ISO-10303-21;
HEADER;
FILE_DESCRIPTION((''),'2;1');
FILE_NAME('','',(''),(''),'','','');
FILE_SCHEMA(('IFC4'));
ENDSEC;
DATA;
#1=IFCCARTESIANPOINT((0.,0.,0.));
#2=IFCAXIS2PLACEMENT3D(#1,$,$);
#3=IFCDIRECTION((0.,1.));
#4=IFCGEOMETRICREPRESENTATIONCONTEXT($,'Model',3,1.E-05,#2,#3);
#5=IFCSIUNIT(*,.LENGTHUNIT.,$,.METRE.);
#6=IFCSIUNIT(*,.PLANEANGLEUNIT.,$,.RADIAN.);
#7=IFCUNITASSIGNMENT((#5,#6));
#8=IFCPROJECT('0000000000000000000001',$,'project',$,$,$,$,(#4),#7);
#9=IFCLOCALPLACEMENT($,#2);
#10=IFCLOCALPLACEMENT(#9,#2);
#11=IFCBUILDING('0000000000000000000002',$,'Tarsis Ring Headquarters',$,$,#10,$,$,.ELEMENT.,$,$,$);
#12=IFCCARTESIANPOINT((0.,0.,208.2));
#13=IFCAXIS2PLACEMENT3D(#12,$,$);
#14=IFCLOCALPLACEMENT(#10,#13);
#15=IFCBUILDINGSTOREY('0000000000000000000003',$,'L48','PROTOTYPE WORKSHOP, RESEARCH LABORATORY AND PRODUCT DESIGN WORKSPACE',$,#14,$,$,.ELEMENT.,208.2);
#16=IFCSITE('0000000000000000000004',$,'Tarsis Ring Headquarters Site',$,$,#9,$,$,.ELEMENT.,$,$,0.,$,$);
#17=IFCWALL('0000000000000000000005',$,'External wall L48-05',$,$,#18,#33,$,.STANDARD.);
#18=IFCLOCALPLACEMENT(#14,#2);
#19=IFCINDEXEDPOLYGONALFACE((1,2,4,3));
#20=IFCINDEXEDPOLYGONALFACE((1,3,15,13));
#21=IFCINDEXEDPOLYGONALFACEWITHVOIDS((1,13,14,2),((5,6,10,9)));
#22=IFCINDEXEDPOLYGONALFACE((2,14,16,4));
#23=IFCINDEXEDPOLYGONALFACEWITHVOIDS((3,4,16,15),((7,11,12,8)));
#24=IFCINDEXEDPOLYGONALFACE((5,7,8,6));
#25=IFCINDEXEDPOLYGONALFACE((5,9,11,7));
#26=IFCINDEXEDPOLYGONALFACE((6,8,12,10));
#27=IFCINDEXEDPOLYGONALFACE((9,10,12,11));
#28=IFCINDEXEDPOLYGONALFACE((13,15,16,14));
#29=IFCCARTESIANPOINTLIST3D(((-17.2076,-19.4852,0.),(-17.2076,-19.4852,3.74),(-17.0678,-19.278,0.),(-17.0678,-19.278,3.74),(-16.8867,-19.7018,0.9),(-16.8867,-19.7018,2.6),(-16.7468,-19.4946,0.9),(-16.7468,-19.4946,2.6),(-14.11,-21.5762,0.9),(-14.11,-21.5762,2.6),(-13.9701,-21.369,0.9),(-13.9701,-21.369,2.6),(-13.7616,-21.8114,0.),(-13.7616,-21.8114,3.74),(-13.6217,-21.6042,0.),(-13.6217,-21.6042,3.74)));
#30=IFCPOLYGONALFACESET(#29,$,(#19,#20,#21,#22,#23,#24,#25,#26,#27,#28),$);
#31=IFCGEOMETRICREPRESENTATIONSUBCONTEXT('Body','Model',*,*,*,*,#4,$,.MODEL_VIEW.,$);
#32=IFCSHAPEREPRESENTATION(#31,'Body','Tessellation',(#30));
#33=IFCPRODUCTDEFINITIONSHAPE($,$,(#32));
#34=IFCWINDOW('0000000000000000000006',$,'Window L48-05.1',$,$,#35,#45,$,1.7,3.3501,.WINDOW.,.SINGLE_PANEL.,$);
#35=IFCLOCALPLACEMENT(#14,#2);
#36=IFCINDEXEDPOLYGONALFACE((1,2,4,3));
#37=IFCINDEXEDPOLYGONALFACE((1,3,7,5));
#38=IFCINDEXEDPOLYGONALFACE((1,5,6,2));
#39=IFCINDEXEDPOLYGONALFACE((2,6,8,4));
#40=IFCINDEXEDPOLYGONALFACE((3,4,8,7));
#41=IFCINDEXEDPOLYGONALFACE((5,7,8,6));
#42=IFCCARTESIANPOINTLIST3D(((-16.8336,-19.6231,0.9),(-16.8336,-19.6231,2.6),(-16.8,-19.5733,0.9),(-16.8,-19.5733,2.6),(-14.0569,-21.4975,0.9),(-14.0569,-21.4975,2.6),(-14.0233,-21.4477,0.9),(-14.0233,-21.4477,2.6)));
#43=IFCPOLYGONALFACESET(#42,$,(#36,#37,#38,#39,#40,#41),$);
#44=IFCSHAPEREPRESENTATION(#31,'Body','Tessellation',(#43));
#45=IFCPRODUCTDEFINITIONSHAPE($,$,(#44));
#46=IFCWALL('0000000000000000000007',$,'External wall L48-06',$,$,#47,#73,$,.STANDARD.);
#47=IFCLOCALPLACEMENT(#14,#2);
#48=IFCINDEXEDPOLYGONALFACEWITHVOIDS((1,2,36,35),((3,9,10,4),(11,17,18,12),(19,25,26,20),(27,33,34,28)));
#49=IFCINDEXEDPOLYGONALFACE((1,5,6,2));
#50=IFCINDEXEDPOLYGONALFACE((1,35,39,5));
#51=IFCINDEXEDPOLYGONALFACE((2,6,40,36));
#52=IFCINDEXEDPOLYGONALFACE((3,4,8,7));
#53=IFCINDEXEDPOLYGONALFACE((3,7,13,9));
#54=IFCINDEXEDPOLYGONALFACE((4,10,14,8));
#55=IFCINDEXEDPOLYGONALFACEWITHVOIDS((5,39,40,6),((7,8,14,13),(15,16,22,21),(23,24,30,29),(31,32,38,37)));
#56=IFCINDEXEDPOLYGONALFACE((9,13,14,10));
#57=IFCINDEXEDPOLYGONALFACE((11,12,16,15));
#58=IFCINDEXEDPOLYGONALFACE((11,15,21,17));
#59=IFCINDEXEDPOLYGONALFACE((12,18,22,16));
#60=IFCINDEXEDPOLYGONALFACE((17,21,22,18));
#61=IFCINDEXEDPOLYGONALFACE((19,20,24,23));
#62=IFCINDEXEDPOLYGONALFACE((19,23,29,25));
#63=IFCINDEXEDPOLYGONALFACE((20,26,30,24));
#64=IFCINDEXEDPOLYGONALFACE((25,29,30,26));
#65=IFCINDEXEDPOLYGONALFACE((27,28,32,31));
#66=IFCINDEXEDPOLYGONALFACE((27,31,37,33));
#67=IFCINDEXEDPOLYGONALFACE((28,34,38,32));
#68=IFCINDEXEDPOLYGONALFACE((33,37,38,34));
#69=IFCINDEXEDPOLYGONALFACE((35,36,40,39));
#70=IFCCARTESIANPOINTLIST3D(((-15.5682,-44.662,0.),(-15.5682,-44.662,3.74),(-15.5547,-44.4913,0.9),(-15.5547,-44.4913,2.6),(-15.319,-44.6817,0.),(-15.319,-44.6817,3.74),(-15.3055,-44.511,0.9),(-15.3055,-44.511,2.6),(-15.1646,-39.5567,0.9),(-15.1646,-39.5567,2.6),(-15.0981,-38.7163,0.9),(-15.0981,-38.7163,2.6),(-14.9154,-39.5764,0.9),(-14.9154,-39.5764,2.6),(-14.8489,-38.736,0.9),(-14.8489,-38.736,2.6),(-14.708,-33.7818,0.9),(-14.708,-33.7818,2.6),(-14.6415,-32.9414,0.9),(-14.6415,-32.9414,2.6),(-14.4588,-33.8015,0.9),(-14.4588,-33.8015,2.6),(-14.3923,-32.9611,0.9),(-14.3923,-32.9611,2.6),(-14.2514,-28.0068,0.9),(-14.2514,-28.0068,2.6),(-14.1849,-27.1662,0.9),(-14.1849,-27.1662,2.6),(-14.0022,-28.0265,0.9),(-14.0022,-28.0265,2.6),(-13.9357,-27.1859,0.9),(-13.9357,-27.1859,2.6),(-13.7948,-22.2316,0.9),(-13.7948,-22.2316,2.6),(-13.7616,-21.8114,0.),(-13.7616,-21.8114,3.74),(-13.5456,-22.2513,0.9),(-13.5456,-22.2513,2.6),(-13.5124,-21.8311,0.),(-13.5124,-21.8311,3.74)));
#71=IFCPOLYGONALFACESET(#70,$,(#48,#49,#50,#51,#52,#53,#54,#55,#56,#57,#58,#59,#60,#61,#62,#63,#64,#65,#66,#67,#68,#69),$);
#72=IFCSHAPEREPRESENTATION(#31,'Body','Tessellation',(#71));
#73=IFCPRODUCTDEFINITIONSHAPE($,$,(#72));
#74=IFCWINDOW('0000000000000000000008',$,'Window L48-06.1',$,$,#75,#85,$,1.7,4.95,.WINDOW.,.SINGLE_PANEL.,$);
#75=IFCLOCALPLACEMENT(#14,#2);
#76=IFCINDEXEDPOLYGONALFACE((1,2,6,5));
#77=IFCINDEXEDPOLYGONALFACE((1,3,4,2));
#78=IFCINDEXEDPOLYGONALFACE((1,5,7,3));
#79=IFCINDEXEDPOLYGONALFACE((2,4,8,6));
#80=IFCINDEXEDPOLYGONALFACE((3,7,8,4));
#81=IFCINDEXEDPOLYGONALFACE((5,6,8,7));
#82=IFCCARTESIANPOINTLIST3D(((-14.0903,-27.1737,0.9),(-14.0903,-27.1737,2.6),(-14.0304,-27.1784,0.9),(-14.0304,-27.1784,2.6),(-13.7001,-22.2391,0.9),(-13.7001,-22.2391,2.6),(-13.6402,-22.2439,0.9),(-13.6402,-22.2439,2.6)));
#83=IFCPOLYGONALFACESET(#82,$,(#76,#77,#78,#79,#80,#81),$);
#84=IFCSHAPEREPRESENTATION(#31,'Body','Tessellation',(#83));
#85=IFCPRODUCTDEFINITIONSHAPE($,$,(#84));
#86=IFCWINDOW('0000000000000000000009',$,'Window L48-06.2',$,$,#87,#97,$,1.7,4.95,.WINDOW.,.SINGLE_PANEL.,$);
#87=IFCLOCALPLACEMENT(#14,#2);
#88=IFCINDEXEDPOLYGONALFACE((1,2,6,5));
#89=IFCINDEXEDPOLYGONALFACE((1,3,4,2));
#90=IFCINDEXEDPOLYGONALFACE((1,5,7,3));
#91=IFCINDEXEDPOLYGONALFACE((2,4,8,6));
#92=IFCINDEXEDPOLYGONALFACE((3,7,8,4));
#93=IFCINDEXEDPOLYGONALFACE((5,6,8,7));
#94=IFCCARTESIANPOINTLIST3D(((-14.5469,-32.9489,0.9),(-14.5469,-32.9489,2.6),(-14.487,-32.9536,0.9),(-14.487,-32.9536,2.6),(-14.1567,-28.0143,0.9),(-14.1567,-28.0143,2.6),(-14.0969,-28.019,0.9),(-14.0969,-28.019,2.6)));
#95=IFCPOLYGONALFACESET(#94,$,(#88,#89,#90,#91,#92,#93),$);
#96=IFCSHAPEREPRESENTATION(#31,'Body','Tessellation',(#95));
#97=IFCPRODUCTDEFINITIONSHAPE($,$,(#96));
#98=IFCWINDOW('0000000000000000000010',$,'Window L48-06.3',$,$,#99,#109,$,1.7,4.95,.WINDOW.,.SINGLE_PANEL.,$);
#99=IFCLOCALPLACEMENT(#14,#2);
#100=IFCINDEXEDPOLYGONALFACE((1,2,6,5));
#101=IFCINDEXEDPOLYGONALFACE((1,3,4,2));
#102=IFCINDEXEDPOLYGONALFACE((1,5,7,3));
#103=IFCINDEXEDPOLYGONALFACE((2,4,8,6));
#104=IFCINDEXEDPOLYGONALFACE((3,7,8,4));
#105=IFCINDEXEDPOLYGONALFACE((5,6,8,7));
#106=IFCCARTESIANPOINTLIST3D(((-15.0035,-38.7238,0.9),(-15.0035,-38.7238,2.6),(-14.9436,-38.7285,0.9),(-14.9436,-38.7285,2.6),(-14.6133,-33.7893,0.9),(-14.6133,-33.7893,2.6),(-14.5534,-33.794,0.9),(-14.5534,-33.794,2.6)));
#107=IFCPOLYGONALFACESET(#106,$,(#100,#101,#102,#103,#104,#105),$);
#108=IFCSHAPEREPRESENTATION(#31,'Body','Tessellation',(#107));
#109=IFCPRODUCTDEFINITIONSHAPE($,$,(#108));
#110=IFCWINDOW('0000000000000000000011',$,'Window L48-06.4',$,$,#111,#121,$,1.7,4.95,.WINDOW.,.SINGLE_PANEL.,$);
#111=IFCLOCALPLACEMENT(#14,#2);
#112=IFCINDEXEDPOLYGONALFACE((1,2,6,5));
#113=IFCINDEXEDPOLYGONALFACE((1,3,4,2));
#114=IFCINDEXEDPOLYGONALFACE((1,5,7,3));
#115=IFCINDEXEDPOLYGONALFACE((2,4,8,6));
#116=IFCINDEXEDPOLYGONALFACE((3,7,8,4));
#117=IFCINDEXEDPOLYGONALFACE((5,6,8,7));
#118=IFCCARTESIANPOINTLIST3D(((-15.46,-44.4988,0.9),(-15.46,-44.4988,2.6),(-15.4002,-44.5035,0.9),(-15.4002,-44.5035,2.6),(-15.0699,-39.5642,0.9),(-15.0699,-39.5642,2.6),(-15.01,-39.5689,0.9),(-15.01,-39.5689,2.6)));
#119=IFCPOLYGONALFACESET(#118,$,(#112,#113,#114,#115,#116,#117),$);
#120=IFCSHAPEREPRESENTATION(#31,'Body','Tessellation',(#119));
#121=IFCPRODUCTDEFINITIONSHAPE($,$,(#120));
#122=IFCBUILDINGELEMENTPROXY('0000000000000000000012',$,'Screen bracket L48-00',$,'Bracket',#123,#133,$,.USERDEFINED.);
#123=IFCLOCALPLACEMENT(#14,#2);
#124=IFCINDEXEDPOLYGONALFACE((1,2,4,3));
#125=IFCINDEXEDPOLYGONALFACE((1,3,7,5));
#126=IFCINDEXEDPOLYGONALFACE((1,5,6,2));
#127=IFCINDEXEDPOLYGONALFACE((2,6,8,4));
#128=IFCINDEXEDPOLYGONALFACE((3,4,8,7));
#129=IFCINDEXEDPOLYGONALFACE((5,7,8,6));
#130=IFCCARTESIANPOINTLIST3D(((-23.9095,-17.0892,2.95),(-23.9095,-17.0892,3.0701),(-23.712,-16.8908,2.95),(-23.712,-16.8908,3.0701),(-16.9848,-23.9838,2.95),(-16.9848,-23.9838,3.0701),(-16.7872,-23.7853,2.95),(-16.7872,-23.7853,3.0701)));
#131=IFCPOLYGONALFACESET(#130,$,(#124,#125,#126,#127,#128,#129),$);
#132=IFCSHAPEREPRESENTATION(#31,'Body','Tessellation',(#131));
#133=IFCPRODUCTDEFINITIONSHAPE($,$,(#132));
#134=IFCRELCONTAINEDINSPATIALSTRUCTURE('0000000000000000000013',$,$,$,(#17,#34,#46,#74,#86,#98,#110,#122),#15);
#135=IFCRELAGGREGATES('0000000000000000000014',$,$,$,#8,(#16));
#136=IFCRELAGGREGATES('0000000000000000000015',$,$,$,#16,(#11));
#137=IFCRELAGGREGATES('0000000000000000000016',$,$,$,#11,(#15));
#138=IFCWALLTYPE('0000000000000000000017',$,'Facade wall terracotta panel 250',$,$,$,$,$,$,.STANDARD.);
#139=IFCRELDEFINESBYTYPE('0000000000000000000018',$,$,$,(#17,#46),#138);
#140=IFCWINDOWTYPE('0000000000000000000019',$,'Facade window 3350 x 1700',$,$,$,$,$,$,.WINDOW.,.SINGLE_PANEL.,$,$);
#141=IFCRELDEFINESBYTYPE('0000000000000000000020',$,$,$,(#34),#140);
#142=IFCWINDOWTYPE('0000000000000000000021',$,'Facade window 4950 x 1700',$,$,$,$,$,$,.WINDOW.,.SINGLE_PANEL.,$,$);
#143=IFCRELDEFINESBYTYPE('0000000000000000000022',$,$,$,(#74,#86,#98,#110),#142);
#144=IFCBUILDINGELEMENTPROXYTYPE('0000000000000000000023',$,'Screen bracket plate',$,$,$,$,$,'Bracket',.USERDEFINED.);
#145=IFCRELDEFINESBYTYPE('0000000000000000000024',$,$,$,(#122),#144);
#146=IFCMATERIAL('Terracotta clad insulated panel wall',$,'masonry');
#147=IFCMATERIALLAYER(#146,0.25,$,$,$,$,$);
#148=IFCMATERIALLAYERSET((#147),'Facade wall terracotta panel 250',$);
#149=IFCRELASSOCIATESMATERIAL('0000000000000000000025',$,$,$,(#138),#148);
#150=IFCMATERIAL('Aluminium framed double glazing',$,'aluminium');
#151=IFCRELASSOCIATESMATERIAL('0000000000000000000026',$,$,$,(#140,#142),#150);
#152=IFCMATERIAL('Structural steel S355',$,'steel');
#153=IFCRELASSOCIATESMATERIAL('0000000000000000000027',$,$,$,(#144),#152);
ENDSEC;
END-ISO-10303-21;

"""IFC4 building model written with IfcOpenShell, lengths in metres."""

from ifc_helpers import new_model, si_unit, direction, frame, frame_2d, origin, origin_2d, place, context, subcontext, project, spatial, rectangle, extrude, material, layer, layer_set, type_object, element, fill, save


model = new_model("IFC4")

# Units and contexts
model_context = context("Model", 3, precision=1e-05, world=origin(), true_north=direction((0.0, 1.0)))
body_context = subcontext(model_context, "Body", "Model", "MODEL_VIEW")
ifc_project = project(units=[si_unit("LENGTHUNIT", "METRE"), si_unit("PLANEANGLEUNIT", "RADIAN")], contexts=[model_context])

# Site, building, storey
site_placement = place(None, origin())
site = spatial("IfcSite", under=ifc_project, at=site_placement, Name="Tarsis Ring Headquarters Site", CompositionType="ELEMENT", RefElevation=0.0)
building_placement = place(site_placement, origin())
building = spatial("IfcBuilding", under=site, at=building_placement, Name="Tarsis Ring Headquarters", CompositionType="ELEMENT")
storey_placement = place(building_placement, frame((0.0, 0.0, 208.2)))
storey = spatial("IfcBuildingStorey", under=building, at=storey_placement, Name="L48", Description="PROTOTYPE WORKSHOP, RESEARCH LABORATORY AND PRODUCT DESIGN WORKSPACE", CompositionType="ELEMENT", Elevation=208.2)

# Shared definitions
ifc_material_1 = material(Name="Structural steel S355", Category="steel")

# Wall, opening, window
ifc_material_2 = material(Name="Terracotta clad insulated panel wall", Category="masonry")
ifc_layer_1 = layer(ifc_material_2, 0.25)
ifc_layer_set_1 = layer_set([ifc_layer_1], Name="Facade wall terracotta panel 250")
wall_type_1 = type_object("IfcWallType", Name="Facade wall terracotta panel 250", PredefinedType="STANDARD", material=ifc_layer_set_1)
wall_1_placement = place(storey_placement, frame((-17.1377, -19.3816, 0.0), z_axis=(0.0, 0.0, 1.0), x_axis=(0.828838, -0.559488, 0.0)))
wall_1 = element("IfcWall", 1, at=wall_1_placement, inside=storey, type_object=wall_type_1, Name="External wall L48-05", PredefinedType="STANDARD", context=body_context, shape_type="SweptSolid", body=[
    extrude(rectangle(XDim=4.1577, YDim=0.25, at=frame_2d((2.0789, 0.0))), origin(), (0.0, 0.0, 1.0), 3.74),
])
opening_1_placement = place(wall_1_placement, frame((0.3872, 0.0, 0.8999)))
opening_1 = element("IfcOpeningElement", 2, at=opening_1_placement, cuts=wall_1, PredefinedType="OPENING", context=body_context, shape_type="SweptSolid", body=[
    extrude(rectangle(XDim=3.3501, YDim=1.7, at=frame_2d((1.675, 0.8501))), frame((0.0, 0.135, 0.0), z_axis=(0.0, -1.0, 0.0), x_axis=(1.0, 0.0, 0.0)), (0.0, 0.0, 1.0), 0.27),
])
ifc_material_3 = material(Name="Aluminium framed double glazing", Category="aluminium")
window_type_1 = type_object("IfcWindowType", Name="Facade window 3350 x 1700", PartitioningType="SINGLE_PANEL", PredefinedType="WINDOW", material=ifc_material_3)
window_1_placement = place(opening_1_placement, origin())
window_1 = element("IfcWindow", 3, at=window_1_placement, inside=storey, type_object=window_type_1, Name="Window L48-05.1", OverallHeight=1.7, OverallWidth=3.3501, PartitioningType="SINGLE_PANEL", PredefinedType="WINDOW", context=body_context, shape_type="SweptSolid", body=[
    extrude(rectangle(XDim=3.3501, YDim=1.7, at=frame_2d((1.675, 0.8501))), frame((0.0, 0.03, 0.0), z_axis=(0.0, -1.0, 0.0), x_axis=(1.0, 0.0, 0.0)), (0.0, 0.0, 1.0), 0.0601),
])
fill(opening_1, window_1)

# Wall, openings, windows
wall_2_placement = place(storey_placement, frame((-13.637, -21.8213, 0.0), z_axis=(0.0, 0.0, 1.0), x_axis=(-0.078817, -0.996889, 0.0)))
wall_2 = element("IfcWall", 4, at=wall_2_placement, inside=storey, type_object=wall_type_1, Name="External wall L48-06", PredefinedType="STANDARD", context=body_context, shape_type="SweptSolid", body=[
    extrude(rectangle(XDim=22.9219, YDim=0.25, at=frame_2d((11.4609, 0.0))), origin(), (0.0, 0.0, 1.0), 3.74),
])
opening_2_placement = place(wall_2_placement, frame((0.4214, 0.0, 0.8999)))
opening_2 = element("IfcOpeningElement", 5, at=opening_2_placement, cuts=wall_2, PredefinedType="OPENING", context=body_context, shape_type="SweptSolid", body=[
    extrude(rectangle(XDim=4.95, YDim=1.7, at=frame_2d((2.4751, 0.8501))), frame((0.0, 0.135, 0.0), z_axis=(0.0, -1.0, 0.0), x_axis=(1.0, 0.0, 0.0)), (0.0, 0.0, 1.0), 0.27),
])
opening_3_placement = place(wall_2_placement, frame((6.2146, 0.0, 0.8999)))
opening_3 = element("IfcOpeningElement", 6, at=opening_3_placement, cuts=wall_2, PredefinedType="OPENING", context=body_context, shape_type="SweptSolid", body=[
    extrude(rectangle(XDim=4.95, YDim=1.7, at=frame_2d((2.4751, 0.8501))), frame((0.0, 0.135, 0.0), z_axis=(0.0, -1.0, 0.0), x_axis=(1.0, 0.0, 0.0)), (0.0, 0.0, 1.0), 0.27),
])
opening_4_placement = place(wall_2_placement, frame((12.0076, 0.0, 0.8999)))
opening_4 = element("IfcOpeningElement", 7, at=opening_4_placement, cuts=wall_2, PredefinedType="OPENING", context=body_context, shape_type="SweptSolid", body=[
    extrude(rectangle(XDim=4.95, YDim=1.7, at=frame_2d((2.4751, 0.8501))), frame((0.0, 0.135, 0.0), z_axis=(0.0, -1.0, 0.0), x_axis=(1.0, 0.0, 0.0)), (0.0, 0.0, 1.0), 0.27),
])
opening_5_placement = place(wall_2_placement, frame((17.8005, 0.0, 0.8999)))
opening_5 = element("IfcOpeningElement", 8, at=opening_5_placement, cuts=wall_2, PredefinedType="OPENING", context=body_context, shape_type="SweptSolid", body=[
    extrude(rectangle(XDim=4.95, YDim=1.7, at=frame_2d((2.4751, 0.8501))), frame((0.0, 0.135, 0.0), z_axis=(0.0, -1.0, 0.0), x_axis=(1.0, 0.0, 0.0)), (0.0, 0.0, 1.0), 0.27),
])
window_type_2 = type_object("IfcWindowType", Name="Facade window 4950 x 1700", PartitioningType="SINGLE_PANEL", PredefinedType="WINDOW", material=ifc_material_3)
window_2_placement = place(opening_2_placement, origin())
window_2 = element("IfcWindow", 9, at=window_2_placement, inside=storey, type_object=window_type_2, Name="Window L48-06.1", OverallHeight=1.7, OverallWidth=4.95, PartitioningType="SINGLE_PANEL", PredefinedType="WINDOW", context=body_context, shape_type="SweptSolid", body=[
    extrude(rectangle(XDim=4.95, YDim=1.7, at=frame_2d((2.4751, 0.8501))), frame((0.0, 0.03, 0.0), z_axis=(0.0, -1.0, 0.0), x_axis=(1.0, 0.0, 0.0)), (0.0, 0.0, 1.0), 0.0601),
])
fill(opening_2, window_2)
window_3_placement = place(opening_3_placement, origin())
window_3 = element("IfcWindow", 10, at=window_3_placement, inside=storey, type_object=window_type_2, Name="Window L48-06.2", OverallHeight=1.7, OverallWidth=4.95, PartitioningType="SINGLE_PANEL", PredefinedType="WINDOW", context=body_context, shape_type="SweptSolid", body=[
    extrude(rectangle(XDim=4.95, YDim=1.7, at=frame_2d((2.4751, 0.8501))), frame((0.0, 0.03, 0.0), z_axis=(0.0, -1.0, 0.0), x_axis=(1.0, 0.0, 0.0)), (0.0, 0.0, 1.0), 0.0601),
])
fill(opening_3, window_3)
window_4_placement = place(opening_4_placement, origin())
window_4 = element("IfcWindow", 11, at=window_4_placement, inside=storey, type_object=window_type_2, Name="Window L48-06.3", OverallHeight=1.7, OverallWidth=4.95, PartitioningType="SINGLE_PANEL", PredefinedType="WINDOW", context=body_context, shape_type="SweptSolid", body=[
    extrude(rectangle(XDim=4.95, YDim=1.7, at=frame_2d((2.4751, 0.8501))), frame((0.0, 0.03, 0.0), z_axis=(0.0, -1.0, 0.0), x_axis=(1.0, 0.0, 0.0)), (0.0, 0.0, 1.0), 0.0601),
])
fill(opening_4, window_4)
window_5_placement = place(opening_5_placement, origin())
window_5 = element("IfcWindow", 12, at=window_5_placement, inside=storey, type_object=window_type_2, Name="Window L48-06.4", OverallHeight=1.7, OverallWidth=4.95, PartitioningType="SINGLE_PANEL", PredefinedType="WINDOW", context=body_context, shape_type="SweptSolid", body=[
    extrude(rectangle(XDim=4.95, YDim=1.7, at=frame_2d((2.4751, 0.8501))), frame((0.0, 0.03, 0.0), z_axis=(0.0, -1.0, 0.0), x_axis=(1.0, 0.0, 0.0)), (0.0, 0.0, 1.0), 0.0601),
])
fill(opening_5, window_5)

# Building element proxy
building_element_proxy_type = type_object("IfcBuildingElementProxyType", Name="Screen bracket plate", ElementType="Bracket", PredefinedType="USERDEFINED", material=ifc_material_1)
proxy_placement = place(storey_placement, frame((-20.3484, -20.4373, 2.95), z_axis=(0.0, 0.0, 1.0), x_axis=(0.708648, -0.705563, 0.0)))
element("IfcBuildingElementProxy", 13, at=proxy_placement, inside=storey, type_object=building_element_proxy_type, Name="Screen bracket L48-00", ObjectType="Bracket", PredefinedType="USERDEFINED", context=body_context, shape_type="SweptSolid", body=[
    extrude(rectangle(XDim=9.7717, YDim=0.28, at=origin_2d()), origin(), (0.0, 0.0, 1.0), 0.1201),
])

save(model, "model.ifc")
